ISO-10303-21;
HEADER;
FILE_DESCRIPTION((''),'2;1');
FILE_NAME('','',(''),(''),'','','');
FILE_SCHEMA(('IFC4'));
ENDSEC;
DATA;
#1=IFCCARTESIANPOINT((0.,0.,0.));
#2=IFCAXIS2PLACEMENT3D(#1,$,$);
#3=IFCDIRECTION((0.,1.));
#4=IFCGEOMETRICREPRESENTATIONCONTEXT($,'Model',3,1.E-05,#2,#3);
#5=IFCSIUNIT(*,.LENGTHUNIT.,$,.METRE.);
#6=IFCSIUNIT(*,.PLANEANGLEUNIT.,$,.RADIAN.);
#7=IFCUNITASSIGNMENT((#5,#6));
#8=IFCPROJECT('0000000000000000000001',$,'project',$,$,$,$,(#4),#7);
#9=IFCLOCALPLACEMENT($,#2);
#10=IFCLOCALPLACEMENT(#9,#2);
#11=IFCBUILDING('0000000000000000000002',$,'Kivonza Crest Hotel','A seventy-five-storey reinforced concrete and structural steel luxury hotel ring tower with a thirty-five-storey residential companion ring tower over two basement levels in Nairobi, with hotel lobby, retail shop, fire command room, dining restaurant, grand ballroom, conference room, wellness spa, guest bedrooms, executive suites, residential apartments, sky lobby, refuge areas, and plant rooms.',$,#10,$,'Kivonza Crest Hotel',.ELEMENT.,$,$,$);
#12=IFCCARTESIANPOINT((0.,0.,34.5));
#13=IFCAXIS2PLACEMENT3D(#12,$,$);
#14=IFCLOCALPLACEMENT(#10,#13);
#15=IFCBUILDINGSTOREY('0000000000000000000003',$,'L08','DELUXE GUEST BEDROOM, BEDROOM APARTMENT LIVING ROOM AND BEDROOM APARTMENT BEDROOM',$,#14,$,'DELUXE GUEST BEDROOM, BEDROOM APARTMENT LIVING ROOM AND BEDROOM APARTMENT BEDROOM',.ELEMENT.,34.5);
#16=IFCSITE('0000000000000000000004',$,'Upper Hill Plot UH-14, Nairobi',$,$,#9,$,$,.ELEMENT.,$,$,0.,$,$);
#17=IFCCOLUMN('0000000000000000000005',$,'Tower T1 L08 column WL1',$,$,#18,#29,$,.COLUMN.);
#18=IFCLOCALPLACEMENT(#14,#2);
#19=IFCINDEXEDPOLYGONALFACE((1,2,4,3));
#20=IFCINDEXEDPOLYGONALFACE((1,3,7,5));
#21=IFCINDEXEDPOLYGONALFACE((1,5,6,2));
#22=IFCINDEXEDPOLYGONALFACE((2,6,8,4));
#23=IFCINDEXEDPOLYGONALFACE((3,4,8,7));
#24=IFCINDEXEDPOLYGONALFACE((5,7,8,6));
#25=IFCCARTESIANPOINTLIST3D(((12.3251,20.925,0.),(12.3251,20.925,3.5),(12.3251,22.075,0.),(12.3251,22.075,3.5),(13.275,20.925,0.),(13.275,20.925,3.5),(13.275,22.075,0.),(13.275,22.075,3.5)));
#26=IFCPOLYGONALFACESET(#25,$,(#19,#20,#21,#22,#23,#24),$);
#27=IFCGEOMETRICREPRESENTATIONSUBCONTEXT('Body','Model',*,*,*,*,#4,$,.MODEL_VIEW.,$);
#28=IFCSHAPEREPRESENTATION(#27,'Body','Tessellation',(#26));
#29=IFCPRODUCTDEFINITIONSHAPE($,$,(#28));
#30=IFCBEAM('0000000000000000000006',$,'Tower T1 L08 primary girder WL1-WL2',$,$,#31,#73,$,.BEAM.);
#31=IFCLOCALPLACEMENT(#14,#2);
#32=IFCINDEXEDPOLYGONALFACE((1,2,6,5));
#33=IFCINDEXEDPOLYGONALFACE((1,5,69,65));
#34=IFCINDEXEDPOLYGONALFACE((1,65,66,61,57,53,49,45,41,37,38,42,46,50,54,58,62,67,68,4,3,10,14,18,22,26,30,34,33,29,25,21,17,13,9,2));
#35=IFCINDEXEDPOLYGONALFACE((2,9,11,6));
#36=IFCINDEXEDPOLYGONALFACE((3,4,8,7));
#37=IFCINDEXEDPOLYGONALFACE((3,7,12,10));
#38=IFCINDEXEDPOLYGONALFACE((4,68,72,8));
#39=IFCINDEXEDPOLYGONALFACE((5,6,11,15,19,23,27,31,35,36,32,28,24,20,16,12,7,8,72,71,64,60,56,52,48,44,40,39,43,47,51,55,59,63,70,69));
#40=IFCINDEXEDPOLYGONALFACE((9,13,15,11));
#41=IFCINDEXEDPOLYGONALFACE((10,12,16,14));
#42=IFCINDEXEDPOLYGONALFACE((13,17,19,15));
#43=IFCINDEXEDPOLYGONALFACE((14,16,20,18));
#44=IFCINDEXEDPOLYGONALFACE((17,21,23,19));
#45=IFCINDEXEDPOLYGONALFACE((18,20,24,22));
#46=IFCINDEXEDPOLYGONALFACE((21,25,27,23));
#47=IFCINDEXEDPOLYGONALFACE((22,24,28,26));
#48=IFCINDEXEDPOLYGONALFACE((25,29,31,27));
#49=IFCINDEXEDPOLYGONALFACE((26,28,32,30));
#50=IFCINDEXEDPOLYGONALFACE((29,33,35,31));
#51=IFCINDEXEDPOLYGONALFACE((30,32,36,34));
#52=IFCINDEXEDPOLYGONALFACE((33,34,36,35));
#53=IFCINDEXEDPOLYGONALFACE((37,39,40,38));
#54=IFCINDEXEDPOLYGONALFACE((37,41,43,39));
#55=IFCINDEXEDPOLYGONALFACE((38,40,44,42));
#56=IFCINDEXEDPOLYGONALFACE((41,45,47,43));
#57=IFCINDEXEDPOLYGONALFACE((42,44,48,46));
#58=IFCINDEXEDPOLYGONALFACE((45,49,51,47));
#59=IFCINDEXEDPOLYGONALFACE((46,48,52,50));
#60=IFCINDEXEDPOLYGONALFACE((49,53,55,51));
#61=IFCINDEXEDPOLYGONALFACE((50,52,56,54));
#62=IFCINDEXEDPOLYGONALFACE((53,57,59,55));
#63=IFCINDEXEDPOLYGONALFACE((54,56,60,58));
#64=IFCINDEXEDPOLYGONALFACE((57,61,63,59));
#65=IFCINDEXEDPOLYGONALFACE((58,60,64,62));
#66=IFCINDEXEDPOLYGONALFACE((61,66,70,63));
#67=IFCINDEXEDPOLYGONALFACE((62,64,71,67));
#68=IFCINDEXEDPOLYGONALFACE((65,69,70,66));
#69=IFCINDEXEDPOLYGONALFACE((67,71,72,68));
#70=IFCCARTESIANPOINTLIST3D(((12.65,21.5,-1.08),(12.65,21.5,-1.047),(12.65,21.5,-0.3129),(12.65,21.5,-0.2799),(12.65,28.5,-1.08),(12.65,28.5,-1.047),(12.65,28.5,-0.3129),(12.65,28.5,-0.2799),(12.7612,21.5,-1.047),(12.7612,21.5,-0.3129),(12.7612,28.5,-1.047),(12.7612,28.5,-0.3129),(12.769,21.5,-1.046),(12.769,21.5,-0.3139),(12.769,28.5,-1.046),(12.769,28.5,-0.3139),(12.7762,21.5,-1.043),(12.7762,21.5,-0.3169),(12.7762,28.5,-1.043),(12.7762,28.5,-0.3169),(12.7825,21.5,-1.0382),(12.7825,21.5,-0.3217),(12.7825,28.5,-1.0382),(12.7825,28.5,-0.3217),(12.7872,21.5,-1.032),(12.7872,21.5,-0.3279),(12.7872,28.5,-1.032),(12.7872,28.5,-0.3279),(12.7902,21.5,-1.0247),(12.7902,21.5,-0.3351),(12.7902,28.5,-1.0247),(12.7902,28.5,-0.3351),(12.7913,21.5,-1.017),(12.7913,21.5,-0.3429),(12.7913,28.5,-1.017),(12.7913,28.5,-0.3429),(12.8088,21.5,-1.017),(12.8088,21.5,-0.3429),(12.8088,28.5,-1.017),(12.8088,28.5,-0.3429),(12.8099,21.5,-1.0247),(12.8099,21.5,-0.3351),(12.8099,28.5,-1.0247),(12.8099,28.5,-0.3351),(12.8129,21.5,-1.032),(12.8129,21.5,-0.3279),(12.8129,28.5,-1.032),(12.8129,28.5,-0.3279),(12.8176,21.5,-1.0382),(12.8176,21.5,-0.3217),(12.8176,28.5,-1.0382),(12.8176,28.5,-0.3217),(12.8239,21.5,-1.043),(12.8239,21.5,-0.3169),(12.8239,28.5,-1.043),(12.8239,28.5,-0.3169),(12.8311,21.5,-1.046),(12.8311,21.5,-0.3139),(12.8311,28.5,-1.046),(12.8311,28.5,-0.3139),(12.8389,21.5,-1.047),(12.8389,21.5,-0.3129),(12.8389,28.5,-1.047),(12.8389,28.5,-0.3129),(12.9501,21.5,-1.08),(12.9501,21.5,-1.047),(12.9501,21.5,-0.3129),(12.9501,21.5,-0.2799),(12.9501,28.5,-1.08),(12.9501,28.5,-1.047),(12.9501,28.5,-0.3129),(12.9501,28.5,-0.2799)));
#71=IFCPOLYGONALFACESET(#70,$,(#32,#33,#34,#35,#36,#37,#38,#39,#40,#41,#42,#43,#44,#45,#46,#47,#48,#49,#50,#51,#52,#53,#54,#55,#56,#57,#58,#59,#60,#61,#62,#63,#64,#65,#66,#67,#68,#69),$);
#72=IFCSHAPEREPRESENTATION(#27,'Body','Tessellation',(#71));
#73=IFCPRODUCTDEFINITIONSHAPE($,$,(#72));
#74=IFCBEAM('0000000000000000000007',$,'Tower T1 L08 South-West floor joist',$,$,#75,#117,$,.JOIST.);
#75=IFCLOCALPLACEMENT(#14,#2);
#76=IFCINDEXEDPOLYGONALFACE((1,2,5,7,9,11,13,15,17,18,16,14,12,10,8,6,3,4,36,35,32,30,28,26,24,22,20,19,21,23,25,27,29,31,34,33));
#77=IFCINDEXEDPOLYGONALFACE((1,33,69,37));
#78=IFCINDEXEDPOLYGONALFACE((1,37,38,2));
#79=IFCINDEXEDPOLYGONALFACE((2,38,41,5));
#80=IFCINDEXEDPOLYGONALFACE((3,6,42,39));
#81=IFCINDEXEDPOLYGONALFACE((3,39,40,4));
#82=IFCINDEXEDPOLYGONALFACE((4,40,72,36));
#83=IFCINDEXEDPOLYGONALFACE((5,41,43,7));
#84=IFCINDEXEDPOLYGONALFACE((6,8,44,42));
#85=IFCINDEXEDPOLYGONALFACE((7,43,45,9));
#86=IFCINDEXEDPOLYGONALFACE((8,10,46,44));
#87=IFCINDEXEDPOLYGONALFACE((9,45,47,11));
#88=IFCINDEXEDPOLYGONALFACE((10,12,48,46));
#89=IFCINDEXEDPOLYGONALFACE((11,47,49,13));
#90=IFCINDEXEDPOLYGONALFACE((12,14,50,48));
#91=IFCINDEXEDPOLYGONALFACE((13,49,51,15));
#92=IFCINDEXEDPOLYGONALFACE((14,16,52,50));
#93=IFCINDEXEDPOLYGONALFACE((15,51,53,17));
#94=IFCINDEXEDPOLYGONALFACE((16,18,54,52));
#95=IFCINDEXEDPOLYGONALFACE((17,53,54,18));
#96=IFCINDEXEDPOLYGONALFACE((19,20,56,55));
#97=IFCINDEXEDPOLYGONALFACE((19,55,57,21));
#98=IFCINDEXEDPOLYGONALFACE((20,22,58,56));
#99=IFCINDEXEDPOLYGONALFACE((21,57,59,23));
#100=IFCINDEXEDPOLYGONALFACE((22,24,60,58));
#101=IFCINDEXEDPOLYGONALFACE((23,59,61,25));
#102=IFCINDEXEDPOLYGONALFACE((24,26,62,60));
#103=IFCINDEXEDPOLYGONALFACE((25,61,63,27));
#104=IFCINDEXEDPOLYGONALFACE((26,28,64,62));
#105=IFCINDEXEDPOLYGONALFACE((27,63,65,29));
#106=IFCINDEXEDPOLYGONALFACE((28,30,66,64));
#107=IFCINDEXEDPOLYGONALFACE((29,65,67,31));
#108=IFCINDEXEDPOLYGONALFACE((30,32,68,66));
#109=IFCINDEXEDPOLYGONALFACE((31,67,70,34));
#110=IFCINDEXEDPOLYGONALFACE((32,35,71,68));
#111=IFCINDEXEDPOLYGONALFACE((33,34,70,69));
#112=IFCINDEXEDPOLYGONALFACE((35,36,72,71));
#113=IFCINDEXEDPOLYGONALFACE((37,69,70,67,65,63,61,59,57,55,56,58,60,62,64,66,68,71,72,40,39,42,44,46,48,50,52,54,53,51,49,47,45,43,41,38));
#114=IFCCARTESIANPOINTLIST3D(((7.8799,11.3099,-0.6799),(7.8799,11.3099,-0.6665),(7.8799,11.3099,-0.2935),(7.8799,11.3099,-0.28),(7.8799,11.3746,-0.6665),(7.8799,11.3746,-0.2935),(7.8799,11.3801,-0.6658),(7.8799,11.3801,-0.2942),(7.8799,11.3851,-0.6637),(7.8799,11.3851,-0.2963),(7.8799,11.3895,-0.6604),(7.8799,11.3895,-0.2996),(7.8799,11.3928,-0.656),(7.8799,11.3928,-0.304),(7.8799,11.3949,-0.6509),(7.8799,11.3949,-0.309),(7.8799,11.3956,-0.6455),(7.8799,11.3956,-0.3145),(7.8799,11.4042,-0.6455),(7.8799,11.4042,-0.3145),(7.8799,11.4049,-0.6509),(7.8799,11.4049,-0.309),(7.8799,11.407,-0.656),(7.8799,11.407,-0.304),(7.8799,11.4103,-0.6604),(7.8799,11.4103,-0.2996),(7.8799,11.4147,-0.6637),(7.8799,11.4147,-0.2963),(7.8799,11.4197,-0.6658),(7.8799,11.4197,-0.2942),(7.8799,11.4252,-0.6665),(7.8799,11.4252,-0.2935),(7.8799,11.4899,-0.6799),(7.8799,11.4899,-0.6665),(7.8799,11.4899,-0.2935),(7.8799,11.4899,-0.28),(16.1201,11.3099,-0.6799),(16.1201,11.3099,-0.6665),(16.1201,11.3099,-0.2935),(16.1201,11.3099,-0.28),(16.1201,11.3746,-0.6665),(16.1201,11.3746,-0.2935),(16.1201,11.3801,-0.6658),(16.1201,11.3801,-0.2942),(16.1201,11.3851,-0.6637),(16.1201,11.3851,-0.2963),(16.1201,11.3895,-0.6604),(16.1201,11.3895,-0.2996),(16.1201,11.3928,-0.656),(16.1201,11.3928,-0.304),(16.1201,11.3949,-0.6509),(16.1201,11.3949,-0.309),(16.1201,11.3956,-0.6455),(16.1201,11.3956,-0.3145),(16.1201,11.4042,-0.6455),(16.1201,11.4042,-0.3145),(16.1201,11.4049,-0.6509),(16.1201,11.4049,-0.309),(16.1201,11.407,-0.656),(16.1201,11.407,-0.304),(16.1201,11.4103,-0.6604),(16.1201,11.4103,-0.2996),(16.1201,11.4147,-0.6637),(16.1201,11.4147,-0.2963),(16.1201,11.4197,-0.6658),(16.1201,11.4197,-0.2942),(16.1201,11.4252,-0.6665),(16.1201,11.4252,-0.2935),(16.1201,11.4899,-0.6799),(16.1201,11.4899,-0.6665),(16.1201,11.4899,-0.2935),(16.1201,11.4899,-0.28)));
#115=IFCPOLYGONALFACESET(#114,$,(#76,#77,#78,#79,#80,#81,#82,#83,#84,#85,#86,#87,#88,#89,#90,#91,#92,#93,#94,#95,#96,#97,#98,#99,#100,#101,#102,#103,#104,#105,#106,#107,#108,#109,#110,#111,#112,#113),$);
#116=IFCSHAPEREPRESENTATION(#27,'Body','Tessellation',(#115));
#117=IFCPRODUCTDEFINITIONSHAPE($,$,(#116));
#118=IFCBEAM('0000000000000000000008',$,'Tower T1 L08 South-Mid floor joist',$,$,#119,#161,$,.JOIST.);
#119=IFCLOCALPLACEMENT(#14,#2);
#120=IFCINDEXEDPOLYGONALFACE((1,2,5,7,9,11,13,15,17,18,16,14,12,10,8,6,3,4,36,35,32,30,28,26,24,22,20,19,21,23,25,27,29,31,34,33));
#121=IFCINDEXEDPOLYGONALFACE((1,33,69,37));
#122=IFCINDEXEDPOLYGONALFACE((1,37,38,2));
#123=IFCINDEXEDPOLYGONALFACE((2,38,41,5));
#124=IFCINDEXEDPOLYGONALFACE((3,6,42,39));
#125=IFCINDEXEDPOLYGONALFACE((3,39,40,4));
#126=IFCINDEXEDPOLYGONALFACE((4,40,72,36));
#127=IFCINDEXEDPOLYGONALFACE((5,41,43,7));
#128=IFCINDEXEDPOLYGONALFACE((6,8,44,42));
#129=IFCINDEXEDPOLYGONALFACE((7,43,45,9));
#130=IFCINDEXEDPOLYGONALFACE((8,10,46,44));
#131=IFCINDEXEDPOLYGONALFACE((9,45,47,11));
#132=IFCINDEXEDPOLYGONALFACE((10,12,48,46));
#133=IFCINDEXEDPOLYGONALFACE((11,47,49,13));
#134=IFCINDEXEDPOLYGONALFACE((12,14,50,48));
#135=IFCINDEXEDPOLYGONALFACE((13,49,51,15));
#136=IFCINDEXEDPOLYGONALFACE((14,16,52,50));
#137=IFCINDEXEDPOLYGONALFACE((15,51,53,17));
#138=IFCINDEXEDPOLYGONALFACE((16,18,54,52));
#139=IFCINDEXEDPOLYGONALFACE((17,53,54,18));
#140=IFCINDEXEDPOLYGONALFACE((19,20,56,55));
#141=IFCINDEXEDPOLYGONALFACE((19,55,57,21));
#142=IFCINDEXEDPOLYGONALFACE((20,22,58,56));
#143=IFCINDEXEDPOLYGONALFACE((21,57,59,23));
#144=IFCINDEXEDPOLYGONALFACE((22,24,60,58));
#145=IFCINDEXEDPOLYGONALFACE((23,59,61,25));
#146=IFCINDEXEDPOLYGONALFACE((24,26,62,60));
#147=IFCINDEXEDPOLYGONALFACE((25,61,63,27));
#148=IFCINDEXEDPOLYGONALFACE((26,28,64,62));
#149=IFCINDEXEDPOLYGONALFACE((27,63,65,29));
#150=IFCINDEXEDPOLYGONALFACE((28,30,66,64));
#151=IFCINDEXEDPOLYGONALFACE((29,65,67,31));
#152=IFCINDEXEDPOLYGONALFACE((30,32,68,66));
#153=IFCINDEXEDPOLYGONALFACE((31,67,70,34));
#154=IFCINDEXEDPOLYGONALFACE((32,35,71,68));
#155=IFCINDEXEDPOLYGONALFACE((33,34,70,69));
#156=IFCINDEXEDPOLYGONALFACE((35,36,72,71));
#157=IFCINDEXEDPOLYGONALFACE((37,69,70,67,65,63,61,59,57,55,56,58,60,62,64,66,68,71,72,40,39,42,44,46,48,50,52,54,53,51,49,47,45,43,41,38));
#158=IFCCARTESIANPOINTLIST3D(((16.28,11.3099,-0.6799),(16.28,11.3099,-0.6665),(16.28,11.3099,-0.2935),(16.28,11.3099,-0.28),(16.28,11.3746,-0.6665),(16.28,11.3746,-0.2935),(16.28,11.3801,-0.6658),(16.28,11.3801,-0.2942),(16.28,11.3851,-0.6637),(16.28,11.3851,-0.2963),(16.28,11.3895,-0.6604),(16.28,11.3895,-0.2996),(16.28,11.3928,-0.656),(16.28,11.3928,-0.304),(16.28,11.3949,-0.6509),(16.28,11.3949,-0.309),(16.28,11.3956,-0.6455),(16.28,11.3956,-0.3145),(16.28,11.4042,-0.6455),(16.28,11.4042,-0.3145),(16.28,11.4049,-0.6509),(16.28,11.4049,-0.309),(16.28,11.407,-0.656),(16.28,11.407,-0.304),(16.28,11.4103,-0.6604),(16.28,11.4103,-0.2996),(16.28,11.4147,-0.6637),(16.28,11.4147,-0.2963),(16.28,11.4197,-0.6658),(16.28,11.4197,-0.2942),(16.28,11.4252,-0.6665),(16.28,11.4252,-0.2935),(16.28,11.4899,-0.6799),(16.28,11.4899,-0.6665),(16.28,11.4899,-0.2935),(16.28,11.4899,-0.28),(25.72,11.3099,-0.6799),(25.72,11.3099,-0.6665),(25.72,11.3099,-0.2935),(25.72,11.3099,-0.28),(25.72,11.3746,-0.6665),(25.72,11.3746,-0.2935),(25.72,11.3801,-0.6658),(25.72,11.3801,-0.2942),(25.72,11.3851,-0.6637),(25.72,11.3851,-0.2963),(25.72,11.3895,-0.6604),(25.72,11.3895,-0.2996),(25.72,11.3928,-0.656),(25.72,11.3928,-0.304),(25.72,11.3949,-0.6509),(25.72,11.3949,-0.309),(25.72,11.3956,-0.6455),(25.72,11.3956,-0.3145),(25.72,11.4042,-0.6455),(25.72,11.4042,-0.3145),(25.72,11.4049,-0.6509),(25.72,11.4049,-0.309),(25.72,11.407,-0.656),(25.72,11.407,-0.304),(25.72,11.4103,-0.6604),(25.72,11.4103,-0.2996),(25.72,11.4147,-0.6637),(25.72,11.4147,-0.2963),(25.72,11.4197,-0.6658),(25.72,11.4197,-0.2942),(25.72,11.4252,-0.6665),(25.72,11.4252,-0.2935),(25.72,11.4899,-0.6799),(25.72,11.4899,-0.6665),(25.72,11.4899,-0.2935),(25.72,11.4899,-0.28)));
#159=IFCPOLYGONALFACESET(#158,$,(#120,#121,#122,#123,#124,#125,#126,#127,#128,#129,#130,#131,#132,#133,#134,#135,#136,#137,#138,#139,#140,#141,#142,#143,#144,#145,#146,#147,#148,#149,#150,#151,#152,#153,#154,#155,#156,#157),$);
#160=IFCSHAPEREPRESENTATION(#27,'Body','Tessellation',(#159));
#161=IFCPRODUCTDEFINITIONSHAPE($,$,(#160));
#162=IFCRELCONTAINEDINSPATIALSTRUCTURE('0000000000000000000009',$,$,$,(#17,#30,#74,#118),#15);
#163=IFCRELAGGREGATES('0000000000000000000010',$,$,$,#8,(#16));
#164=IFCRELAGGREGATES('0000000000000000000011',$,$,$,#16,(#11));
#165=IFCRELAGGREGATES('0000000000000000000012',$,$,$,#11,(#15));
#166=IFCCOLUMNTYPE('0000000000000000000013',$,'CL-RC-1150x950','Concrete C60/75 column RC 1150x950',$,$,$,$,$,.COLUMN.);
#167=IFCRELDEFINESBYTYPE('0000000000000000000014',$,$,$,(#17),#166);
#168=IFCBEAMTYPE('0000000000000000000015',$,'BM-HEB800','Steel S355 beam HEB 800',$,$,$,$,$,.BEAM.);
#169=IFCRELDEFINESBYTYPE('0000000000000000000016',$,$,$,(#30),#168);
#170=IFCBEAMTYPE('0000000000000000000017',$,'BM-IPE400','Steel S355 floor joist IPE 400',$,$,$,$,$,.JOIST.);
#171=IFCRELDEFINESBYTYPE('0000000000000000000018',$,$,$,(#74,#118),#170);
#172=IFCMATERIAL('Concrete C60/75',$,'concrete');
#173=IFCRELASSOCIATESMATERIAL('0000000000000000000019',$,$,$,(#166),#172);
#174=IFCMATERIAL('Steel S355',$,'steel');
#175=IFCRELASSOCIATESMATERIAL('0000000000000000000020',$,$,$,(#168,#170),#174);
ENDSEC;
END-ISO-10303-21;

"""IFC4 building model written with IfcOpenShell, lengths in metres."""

from ifc_helpers import new_model, si_unit, direction, frame, origin, origin_2d, place, context, subcontext, project, spatial, rectangle, i_section, extrude, material, material_profile, profile_set, type_object, element, save


model = new_model("IFC4")

# Units and contexts
model_context = context("Model", 3, precision=1e-05, world=origin(), true_north=direction((0.0, 1.0)))
body_context = subcontext(model_context, "Body", "Model", "MODEL_VIEW")
ifc_project = project(units=[si_unit("LENGTHUNIT", "METRE"), si_unit("PLANEANGLEUNIT", "RADIAN")], contexts=[model_context])

# Site, building, storey
site_placement = place(None, origin())
site = spatial("IfcSite", under=ifc_project, at=site_placement, Name="Upper Hill Plot UH-14, Nairobi", CompositionType="ELEMENT", RefElevation=0.0)
building_placement = place(site_placement, origin())
building = spatial("IfcBuilding", under=site, at=building_placement, Name="Kivonza Crest Hotel", Description="A seventy-five-storey reinforced concrete and structural steel luxury hotel ring tower with a thirty-five-storey residential companion ring tower over two basement levels in Nairobi, with hotel lobby, retail shop, fire command room, dining restaurant, grand ballroom, conference room, wellness spa, guest bedrooms, executive suites, residential apartments, sky lobby, refuge areas, and plant rooms.", LongName="Kivonza Crest Hotel", CompositionType="ELEMENT")
storey_placement = place(building_placement, frame((0.0, 0.0, 34.5)))
storey = spatial("IfcBuildingStorey", under=building, at=storey_placement, Name="L08", Description="DELUXE GUEST BEDROOM, BEDROOM APARTMENT LIVING ROOM AND BEDROOM APARTMENT BEDROOM", LongName="DELUXE GUEST BEDROOM, BEDROOM APARTMENT LIVING ROOM AND BEDROOM APARTMENT BEDROOM", CompositionType="ELEMENT", Elevation=34.5)

# Column
ifc_material_1 = material(Name="Concrete C60/75", Category="concrete")
ifc_material_profile_1 = material_profile(ifc_material_1, rectangle(XDim=0.95, YDim=1.1499, at=origin_2d()), Name="RC 1150x950")
ifc_profile_set_1 = profile_set([ifc_material_profile_1], Name="Concrete C60/75")
column_type = type_object("IfcColumnType", Name="CL-RC-1150x950", Description="Concrete C60/75 column RC 1150x950", PredefinedType="COLUMN", material=ifc_profile_set_1)
column_placement = place(storey_placement, frame((12.8, 21.5, 0.0), z_axis=(0.0, 0.0, 1.0), x_axis=(1.0, 0.0, 0.0)))
element("IfcColumn", 1, at=column_placement, inside=storey, type_object=column_type, Name="Tower T1 L08 column WL1", PredefinedType="COLUMN", context=body_context, shape_type="SweptSolid", body=[
    extrude(rectangle(XDim=0.95, YDim=1.1499, at=origin_2d()), origin(), (0.0, 0.0, 1.0), 3.5),
])

# Beams
ifc_material_2 = material(Name="Steel S355", Category="steel")
ifc_material_profile_2 = material_profile(ifc_material_2, i_section(OverallWidth=0.3, OverallDepth=0.8, WebThickness=0.0176, FlangeThickness=0.033, FilletRadius=0.03, at=origin_2d()), Name="HEB 800")
ifc_profile_set_2 = profile_set([ifc_material_profile_2], Name="Steel S355")
beam_type_1 = type_object("IfcBeamType", Name="BM-HEB800", Description="Steel S355 beam HEB 800", PredefinedType="BEAM", material=ifc_profile_set_2)
beam_1_placement = place(storey_placement, frame((12.8, 21.5, -0.6799), z_axis=(0.0, 1.0, 0.0), x_axis=(-1.0, 0.0, 0.0)))
element("IfcBeam", 2, at=beam_1_placement, inside=storey, type_object=beam_type_1, Name="Tower T1 L08 primary girder WL1-WL2", PredefinedType="BEAM", context=body_context, shape_type="SweptSolid", body=[
    extrude(i_section(OverallWidth=0.3, OverallDepth=0.8, WebThickness=0.0176, FlangeThickness=0.033, FilletRadius=0.03, at=origin_2d()), origin(), (0.0, 0.0, 1.0), 7.0),
])
ifc_material_profile_3 = material_profile(ifc_material_2, i_section(OverallWidth=0.1799, OverallDepth=0.3999, WebThickness=0.0085, FlangeThickness=0.0134, FilletRadius=0.021, at=origin_2d()), Name="IPE 400")
ifc_profile_set_3 = profile_set([ifc_material_profile_3], Name="Steel S355")
beam_type_2 = type_object("IfcBeamType", Name="BM-IPE400", Description="Steel S355 floor joist IPE 400", PredefinedType="JOIST", material=ifc_profile_set_3)
beam_2_placement = place(storey_placement, frame((7.8799, 11.3999, -0.48), z_axis=(1.0, 0.0, 0.0), x_axis=(0.0, 1.0, 0.0)))
element("IfcBeam", 3, at=beam_2_placement, inside=storey, type_object=beam_type_2, Name="Tower T1 L08 South-West floor joist", PredefinedType="JOIST", context=body_context, shape_type="SweptSolid", body=[
    extrude(i_section(OverallWidth=0.1799, OverallDepth=0.3999, WebThickness=0.0085, FlangeThickness=0.0134, FilletRadius=0.021, at=origin_2d()), origin(), (0.0, 0.0, 1.0), 8.2402),
])
beam_3_placement = place(storey_placement, frame((16.28, 11.3999, -0.48), z_axis=(1.0, 0.0, 0.0), x_axis=(0.0, 1.0, 0.0)))
element("IfcBeam", 4, at=beam_3_placement, inside=storey, type_object=beam_type_2, Name="Tower T1 L08 South-Mid floor joist", PredefinedType="JOIST", context=body_context, shape_type="SweptSolid", body=[
    extrude(i_section(OverallWidth=0.1799, OverallDepth=0.3999, WebThickness=0.0085, FlangeThickness=0.0134, FilletRadius=0.021, at=origin_2d()), origin(), (0.0, 0.0, 1.0), 9.4399),
])

save(model, "model.ifc")
